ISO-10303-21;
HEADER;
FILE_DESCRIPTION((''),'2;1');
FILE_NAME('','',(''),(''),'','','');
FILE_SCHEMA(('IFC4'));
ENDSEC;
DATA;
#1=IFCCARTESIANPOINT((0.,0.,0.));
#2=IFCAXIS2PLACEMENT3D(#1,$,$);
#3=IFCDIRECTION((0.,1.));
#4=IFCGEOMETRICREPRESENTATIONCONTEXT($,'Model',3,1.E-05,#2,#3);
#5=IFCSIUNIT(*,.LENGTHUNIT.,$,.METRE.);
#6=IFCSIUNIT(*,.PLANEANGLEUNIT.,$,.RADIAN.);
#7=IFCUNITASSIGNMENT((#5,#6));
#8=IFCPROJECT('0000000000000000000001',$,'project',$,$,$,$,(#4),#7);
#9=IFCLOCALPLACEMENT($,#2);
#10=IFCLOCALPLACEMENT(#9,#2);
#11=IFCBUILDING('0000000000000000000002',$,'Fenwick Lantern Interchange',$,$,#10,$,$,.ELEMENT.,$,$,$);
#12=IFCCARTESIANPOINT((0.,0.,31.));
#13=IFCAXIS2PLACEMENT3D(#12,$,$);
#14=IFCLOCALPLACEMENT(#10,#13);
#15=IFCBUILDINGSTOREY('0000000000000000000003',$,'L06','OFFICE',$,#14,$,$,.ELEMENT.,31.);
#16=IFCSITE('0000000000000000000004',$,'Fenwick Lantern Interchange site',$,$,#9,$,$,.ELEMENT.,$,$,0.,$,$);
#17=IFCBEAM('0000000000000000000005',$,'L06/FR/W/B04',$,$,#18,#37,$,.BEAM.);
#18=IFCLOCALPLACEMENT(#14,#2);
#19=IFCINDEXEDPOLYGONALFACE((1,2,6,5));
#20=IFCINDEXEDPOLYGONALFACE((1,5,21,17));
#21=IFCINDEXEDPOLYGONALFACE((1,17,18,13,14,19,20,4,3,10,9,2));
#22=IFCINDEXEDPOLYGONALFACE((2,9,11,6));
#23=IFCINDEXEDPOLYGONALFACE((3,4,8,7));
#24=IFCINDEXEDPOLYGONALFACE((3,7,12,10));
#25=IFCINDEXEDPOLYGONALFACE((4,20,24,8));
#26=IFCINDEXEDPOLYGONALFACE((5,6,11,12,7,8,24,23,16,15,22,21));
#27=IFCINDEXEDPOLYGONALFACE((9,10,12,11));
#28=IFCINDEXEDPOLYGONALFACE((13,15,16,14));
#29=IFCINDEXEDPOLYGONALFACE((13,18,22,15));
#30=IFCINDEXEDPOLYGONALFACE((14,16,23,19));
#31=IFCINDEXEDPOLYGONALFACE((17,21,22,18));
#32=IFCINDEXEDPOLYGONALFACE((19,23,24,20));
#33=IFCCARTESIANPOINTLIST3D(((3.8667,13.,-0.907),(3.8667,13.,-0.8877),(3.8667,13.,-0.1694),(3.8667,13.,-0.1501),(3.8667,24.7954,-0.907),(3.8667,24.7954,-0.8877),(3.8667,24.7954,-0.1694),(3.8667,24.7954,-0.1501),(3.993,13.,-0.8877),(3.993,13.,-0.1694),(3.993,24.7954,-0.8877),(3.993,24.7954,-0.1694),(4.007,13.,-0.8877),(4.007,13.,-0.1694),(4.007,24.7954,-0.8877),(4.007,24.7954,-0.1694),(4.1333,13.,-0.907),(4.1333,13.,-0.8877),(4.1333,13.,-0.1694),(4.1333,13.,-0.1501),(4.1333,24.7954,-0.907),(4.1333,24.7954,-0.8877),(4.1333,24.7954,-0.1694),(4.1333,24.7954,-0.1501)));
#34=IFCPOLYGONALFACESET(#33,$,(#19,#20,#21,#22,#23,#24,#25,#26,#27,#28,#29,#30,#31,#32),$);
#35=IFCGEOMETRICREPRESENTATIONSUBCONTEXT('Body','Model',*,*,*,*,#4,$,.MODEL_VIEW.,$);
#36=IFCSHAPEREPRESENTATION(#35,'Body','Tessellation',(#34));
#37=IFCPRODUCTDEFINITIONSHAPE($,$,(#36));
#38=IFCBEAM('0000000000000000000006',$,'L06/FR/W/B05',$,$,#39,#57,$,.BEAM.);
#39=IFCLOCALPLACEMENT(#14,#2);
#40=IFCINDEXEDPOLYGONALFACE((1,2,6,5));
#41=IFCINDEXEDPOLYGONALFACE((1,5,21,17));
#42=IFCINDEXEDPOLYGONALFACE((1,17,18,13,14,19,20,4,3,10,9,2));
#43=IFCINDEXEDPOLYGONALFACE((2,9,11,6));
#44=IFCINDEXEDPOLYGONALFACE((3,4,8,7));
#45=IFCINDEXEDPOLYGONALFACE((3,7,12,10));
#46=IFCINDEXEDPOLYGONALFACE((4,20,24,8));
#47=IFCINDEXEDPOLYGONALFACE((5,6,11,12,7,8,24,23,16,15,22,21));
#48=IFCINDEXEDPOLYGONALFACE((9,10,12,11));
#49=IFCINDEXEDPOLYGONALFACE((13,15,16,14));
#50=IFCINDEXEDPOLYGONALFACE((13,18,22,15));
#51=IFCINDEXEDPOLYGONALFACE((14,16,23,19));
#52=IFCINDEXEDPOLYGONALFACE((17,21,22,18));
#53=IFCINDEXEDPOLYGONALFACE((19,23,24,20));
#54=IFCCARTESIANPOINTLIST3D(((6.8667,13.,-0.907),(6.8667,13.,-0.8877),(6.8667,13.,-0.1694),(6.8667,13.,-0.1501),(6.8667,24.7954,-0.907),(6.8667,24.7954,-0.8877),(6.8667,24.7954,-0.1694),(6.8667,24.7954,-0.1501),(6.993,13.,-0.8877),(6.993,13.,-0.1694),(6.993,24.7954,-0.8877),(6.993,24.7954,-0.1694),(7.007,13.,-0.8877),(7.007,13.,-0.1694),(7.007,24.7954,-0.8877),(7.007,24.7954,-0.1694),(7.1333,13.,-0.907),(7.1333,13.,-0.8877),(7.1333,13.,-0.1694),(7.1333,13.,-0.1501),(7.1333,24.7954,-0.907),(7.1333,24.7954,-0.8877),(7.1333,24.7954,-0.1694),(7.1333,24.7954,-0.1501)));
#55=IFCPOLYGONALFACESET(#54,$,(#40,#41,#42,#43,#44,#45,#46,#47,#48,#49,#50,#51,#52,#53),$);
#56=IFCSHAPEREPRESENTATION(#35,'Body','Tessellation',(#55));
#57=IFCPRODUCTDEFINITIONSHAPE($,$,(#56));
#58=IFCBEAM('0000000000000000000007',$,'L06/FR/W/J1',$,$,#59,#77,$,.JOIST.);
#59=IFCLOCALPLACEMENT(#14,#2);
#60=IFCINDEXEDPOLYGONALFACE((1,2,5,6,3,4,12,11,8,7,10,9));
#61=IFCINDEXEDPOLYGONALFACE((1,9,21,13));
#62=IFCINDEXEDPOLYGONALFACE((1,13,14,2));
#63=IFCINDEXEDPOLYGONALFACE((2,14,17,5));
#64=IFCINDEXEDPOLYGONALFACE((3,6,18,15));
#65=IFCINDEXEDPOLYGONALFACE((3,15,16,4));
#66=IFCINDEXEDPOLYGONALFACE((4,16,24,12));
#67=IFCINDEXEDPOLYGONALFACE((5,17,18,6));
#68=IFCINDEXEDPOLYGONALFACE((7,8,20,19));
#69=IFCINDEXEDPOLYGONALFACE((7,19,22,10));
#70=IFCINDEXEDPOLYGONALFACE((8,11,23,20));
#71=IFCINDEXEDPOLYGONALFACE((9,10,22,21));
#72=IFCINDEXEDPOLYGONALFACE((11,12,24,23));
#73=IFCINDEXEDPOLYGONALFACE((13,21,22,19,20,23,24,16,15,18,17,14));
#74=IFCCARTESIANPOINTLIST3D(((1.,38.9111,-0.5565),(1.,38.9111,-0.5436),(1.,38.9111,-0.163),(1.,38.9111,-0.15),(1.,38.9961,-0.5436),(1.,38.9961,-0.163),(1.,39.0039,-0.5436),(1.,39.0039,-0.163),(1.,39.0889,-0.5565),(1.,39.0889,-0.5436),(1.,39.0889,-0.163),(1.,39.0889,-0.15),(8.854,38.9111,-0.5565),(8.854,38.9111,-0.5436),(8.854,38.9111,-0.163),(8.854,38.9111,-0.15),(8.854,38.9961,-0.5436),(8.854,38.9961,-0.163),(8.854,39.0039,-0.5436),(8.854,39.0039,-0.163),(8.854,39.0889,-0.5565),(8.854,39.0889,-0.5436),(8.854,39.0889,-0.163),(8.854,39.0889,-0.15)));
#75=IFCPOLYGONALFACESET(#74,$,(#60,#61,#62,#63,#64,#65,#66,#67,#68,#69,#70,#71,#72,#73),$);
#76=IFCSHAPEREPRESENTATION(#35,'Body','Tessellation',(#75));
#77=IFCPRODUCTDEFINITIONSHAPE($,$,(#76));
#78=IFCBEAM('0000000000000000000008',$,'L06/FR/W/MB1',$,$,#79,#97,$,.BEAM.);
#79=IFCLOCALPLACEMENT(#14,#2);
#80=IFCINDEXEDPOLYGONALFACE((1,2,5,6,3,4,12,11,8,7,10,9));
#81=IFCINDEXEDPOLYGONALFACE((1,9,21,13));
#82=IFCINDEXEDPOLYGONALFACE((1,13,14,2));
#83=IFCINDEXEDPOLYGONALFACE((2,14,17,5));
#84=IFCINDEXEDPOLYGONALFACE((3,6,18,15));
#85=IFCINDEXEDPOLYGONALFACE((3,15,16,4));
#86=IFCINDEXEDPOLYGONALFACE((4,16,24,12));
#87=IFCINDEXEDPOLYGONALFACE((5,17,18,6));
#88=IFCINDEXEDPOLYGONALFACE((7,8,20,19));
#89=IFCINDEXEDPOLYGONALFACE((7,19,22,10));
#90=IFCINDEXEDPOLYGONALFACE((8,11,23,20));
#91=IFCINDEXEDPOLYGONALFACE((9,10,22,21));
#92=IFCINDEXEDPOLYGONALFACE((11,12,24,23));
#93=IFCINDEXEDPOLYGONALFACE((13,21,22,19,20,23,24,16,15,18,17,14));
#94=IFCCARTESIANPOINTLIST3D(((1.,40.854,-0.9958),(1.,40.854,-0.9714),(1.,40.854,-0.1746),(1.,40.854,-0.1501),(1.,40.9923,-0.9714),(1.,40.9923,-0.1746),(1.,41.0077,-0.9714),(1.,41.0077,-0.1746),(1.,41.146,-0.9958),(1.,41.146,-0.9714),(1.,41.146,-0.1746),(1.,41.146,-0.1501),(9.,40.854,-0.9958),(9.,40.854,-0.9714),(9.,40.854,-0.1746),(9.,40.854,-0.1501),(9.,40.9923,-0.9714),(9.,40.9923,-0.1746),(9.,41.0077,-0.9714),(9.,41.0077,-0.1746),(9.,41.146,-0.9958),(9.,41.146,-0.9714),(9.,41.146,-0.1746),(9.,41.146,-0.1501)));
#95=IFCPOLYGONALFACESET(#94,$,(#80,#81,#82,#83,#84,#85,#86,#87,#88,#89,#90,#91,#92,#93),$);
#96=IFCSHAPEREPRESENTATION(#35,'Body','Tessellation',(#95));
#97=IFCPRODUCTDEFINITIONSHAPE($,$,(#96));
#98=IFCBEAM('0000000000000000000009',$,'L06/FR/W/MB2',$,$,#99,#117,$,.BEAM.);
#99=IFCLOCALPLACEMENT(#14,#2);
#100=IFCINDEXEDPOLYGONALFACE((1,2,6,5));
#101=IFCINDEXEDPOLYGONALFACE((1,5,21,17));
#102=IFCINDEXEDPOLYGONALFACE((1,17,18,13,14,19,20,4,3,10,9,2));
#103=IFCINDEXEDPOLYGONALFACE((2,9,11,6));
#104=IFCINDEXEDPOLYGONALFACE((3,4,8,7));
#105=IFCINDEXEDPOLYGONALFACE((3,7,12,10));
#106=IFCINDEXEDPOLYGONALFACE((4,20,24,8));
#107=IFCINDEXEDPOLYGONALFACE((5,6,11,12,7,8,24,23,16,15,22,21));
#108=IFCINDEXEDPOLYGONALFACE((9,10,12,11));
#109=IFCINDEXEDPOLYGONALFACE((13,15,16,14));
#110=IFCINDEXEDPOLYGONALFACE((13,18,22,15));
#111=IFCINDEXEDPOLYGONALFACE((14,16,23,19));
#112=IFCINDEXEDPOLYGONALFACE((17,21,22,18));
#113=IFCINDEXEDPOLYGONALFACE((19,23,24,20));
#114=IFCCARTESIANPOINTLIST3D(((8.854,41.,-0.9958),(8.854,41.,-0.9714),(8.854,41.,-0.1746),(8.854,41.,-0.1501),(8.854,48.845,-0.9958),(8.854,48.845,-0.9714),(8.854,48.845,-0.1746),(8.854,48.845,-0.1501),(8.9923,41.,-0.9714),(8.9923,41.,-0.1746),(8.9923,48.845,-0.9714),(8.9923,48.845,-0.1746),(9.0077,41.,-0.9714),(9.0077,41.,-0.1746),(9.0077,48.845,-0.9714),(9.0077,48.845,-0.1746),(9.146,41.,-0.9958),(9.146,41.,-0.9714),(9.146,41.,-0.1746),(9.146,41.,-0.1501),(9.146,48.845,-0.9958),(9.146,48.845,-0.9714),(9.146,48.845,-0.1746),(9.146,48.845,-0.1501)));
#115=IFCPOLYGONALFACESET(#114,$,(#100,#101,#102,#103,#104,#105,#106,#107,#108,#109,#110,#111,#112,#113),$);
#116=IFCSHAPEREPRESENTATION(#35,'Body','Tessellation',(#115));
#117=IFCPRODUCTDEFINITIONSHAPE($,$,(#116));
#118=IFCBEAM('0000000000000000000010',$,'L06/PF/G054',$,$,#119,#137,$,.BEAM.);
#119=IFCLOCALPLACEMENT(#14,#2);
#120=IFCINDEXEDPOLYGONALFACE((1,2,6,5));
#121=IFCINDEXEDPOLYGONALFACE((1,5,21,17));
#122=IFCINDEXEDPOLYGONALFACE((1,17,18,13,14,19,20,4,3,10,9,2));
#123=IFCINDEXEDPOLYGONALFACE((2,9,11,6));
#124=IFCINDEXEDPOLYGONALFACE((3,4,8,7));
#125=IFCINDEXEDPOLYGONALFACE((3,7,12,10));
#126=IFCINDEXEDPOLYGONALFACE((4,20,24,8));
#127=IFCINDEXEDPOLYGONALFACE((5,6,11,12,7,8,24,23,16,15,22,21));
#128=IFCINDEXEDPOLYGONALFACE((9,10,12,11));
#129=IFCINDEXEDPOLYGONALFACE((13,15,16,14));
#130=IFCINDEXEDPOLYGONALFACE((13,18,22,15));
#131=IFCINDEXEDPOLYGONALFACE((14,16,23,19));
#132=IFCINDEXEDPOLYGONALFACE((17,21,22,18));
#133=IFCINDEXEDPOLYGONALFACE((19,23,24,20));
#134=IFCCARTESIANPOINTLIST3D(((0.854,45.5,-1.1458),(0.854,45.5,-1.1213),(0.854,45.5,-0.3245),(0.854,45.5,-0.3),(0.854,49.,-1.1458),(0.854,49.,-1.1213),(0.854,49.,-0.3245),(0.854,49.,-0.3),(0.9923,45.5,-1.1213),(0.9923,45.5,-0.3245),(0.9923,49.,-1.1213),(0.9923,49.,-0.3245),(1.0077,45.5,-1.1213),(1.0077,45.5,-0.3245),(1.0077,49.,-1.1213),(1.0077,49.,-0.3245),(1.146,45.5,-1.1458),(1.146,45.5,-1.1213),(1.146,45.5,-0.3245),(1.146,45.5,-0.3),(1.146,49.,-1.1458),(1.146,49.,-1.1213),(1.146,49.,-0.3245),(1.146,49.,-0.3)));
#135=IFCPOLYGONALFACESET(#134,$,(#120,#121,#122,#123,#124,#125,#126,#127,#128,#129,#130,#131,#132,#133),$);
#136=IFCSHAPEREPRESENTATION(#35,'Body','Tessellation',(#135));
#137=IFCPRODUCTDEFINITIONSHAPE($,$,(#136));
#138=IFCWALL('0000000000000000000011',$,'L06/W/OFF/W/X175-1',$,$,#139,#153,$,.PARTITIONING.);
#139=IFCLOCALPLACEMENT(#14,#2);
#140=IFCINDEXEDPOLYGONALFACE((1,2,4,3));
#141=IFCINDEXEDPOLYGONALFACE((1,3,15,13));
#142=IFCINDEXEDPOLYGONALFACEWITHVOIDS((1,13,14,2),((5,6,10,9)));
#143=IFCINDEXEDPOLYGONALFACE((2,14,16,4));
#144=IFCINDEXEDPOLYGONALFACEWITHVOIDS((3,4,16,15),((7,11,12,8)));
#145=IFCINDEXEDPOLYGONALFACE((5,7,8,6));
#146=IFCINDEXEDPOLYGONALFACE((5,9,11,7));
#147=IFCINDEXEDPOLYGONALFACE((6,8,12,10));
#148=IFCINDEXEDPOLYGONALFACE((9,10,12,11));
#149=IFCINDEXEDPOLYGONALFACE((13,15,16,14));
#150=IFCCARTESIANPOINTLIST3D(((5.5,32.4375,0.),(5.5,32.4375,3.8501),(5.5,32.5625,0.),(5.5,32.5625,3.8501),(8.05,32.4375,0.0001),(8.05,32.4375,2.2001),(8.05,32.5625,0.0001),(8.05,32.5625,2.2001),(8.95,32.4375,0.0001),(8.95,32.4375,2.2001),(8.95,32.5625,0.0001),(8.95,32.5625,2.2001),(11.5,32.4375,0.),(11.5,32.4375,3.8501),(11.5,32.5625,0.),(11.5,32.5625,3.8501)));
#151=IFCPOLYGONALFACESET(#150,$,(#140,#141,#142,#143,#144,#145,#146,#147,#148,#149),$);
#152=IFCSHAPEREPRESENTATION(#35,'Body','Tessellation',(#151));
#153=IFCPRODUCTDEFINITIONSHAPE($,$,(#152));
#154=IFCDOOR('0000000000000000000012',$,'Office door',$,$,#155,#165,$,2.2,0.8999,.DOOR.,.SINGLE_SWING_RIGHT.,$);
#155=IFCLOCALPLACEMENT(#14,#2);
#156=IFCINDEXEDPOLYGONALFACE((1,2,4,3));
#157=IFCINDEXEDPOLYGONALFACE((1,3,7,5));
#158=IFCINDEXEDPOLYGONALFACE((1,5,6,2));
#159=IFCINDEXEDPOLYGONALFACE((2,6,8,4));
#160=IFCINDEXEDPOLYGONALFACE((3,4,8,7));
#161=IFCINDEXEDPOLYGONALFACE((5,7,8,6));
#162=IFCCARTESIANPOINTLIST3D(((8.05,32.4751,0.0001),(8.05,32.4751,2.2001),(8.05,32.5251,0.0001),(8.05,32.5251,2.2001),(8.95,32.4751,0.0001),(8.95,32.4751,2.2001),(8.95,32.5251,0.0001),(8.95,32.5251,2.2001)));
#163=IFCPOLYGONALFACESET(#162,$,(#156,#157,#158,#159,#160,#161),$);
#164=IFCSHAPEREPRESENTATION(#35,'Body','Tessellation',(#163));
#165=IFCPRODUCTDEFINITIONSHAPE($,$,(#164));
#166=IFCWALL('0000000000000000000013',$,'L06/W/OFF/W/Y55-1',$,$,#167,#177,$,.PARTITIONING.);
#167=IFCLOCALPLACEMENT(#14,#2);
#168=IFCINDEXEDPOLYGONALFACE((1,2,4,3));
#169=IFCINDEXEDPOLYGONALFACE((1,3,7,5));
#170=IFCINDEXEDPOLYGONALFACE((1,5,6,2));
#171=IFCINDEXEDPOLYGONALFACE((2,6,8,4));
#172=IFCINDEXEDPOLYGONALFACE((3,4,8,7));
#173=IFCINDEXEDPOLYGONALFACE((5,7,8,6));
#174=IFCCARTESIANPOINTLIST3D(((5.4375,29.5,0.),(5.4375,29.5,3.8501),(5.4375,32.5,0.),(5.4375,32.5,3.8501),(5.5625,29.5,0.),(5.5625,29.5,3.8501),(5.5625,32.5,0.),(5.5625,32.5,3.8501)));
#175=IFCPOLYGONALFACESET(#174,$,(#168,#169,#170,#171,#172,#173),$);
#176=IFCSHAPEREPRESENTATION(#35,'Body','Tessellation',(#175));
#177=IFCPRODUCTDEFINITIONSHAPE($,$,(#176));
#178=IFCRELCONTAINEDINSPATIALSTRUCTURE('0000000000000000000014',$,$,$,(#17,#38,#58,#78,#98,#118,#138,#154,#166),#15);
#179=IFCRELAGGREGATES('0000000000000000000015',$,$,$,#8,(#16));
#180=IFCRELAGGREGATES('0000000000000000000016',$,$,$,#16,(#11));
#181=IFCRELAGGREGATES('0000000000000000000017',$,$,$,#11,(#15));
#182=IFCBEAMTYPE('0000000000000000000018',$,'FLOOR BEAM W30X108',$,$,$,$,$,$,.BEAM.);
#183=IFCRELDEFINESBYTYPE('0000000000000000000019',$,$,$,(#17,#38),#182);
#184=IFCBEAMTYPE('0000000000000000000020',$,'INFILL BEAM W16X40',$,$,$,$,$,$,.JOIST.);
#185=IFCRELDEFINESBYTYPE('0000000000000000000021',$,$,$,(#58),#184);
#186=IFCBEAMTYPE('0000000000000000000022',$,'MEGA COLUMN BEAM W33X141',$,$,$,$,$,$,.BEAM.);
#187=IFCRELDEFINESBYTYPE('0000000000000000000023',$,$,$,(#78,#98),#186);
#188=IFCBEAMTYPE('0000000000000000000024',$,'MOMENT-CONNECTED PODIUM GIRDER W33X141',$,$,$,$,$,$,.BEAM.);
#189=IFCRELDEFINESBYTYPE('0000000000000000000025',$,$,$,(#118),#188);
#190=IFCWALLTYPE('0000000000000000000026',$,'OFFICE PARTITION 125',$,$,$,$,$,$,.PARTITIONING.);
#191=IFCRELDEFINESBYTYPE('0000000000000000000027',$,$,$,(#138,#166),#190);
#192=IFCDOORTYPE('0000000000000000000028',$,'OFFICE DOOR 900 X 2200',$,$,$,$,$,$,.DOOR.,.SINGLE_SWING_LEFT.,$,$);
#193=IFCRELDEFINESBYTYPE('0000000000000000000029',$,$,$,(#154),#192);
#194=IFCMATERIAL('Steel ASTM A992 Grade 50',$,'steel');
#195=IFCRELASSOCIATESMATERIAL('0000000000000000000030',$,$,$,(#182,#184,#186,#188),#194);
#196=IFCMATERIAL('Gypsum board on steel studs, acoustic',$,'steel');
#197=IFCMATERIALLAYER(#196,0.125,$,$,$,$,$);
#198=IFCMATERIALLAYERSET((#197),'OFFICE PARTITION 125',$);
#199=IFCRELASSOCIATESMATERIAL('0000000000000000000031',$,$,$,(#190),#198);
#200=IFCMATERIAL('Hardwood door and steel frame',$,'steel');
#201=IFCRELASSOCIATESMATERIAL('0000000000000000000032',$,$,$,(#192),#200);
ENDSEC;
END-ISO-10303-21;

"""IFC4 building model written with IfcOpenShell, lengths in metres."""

from ifc_helpers import new_model, si_unit, direction, frame, frame_2d, origin, origin_2d, place, context, subcontext, project, spatial, rectangle, i_section, extrude, material, layer, layer_set, material_profile, profile_set, type_object, element, fill, save


model = new_model("IFC4")

# Units and contexts
model_context = context("Model", 3, precision=1e-05, world=origin(), true_north=direction((0.0, 1.0)))
body_context = subcontext(model_context, "Body", "Model", "MODEL_VIEW")
ifc_project = project(units=[si_unit("LENGTHUNIT", "METRE"), si_unit("PLANEANGLEUNIT", "RADIAN")], contexts=[model_context])

# Site, building, storey
site_placement = place(None, origin())
site = spatial("IfcSite", under=ifc_project, at=site_placement, Name="Fenwick Lantern Interchange site", CompositionType="ELEMENT", RefElevation=0.0)
building_placement = place(site_placement, origin())
building = spatial("IfcBuilding", under=site, at=building_placement, Name="Fenwick Lantern Interchange", CompositionType="ELEMENT")
storey_placement = place(building_placement, frame((0.0, 0.0, 31.0)))
storey = spatial("IfcBuildingStorey", under=building, at=storey_placement, Name="L06", Description="OFFICE", CompositionType="ELEMENT", Elevation=31.0)

# Shared definitions
ifc_material_1 = material(Name="Steel ASTM A992 Grade 50", Category="steel")

# Beams
ifc_material_profile_1 = material_profile(ifc_material_1, i_section(OverallWidth=0.2666, OverallDepth=0.7568, WebThickness=0.0139, FlangeThickness=0.0193, at=origin_2d()), Name="W30X108")
ifc_profile_set_1 = profile_set([ifc_material_profile_1], Name="Steel ASTM A992 Grade 50")
beam_type_1 = type_object("IfcBeamType", Name="FLOOR BEAM W30X108", PredefinedType="BEAM", material=ifc_profile_set_1)
for number, where, z_axis, x_axis, name in (
    (1, (4.0, 24.7954, -0.5286), (0.0, -1.0, 0.0), (1.0, 0.0, 0.0), "L06/FR/W/B04"),
    (2, (7.0, 24.7954, -0.5286), (0.0, -1.0, 0.0), (1.0, 0.0, 0.0), "L06/FR/W/B05"),
):
    element("IfcBeam", number, at=place(storey_placement, frame(where, z_axis=z_axis, x_axis=x_axis)), inside=storey, type_object=beam_type_1, Name=name, PredefinedType="BEAM", context=body_context, shape_type="SweptSolid", body=[
        extrude(i_section(OverallWidth=0.2666, OverallDepth=0.7568, WebThickness=0.0139, FlangeThickness=0.0193, at=origin_2d()), origin(), (0.0, 0.0, 1.0), 11.7954),
    ])
ifc_material_profile_2 = material_profile(ifc_material_1, i_section(OverallWidth=0.1777, OverallDepth=0.4065, WebThickness=0.0078, FlangeThickness=0.0129, at=origin_2d()), Name="W16X40")
ifc_profile_set_2 = profile_set([ifc_material_profile_2], Name="Steel ASTM A992 Grade 50")
beam_type_2 = type_object("IfcBeamType", Name="INFILL BEAM W16X40", PredefinedType="JOIST", material=ifc_profile_set_2)
beam_1_placement = place(storey_placement, frame((1.0, 39.0, -0.3533), z_axis=(1.0, 0.0, 0.0), x_axis=(0.0, 1.0, 0.0)))
element("IfcBeam", 3, at=beam_1_placement, inside=storey, type_object=beam_type_2, Name="L06/FR/W/J1", PredefinedType="JOIST", context=body_context, shape_type="SweptSolid", body=[
    extrude(i_section(OverallWidth=0.1777, OverallDepth=0.4065, WebThickness=0.0078, FlangeThickness=0.0129, at=origin_2d()), origin(), (0.0, 0.0, 1.0), 7.854),
])
ifc_material_profile_3 = material_profile(ifc_material_1, i_section(OverallWidth=0.292, OverallDepth=0.8457, WebThickness=0.0154, FlangeThickness=0.0244, at=origin_2d()), Name="W33X141")
ifc_profile_set_3 = profile_set([ifc_material_profile_3], Name="Steel ASTM A992 Grade 50")
beam_type_3 = type_object("IfcBeamType", Name="MEGA COLUMN BEAM W33X141", PredefinedType="BEAM", material=ifc_profile_set_3)
beam_2_placement = place(storey_placement, frame((9.0, 41.0, -0.573), z_axis=(-1.0, 0.0, 0.0), x_axis=(0.0, -1.0, 0.0)))
element("IfcBeam", 4, at=beam_2_placement, inside=storey, type_object=beam_type_3, Name="L06/FR/W/MB1", PredefinedType="BEAM", context=body_context, shape_type="SweptSolid", body=[
    extrude(i_section(OverallWidth=0.292, OverallDepth=0.8457, WebThickness=0.0154, FlangeThickness=0.0244, at=origin_2d()), origin(), (0.0, 0.0, 1.0), 8.0),
])
beam_3_placement = place(storey_placement, frame((9.0, 41.0, -0.573), z_axis=(0.0, 1.0, 0.0), x_axis=(-1.0, 0.0, 0.0)))
element("IfcBeam", 5, at=beam_3_placement, inside=storey, type_object=beam_type_3, Name="L06/FR/W/MB2", PredefinedType="BEAM", context=body_context, shape_type="SweptSolid", body=[
    extrude(i_section(OverallWidth=0.292, OverallDepth=0.8457, WebThickness=0.0154, FlangeThickness=0.0244, at=origin_2d()), origin(), (0.0, 0.0, 1.0), 7.845),
])
ifc_material_profile_4 = material_profile(ifc_material_1, i_section(OverallWidth=0.292, OverallDepth=0.8457, WebThickness=0.0154, FlangeThickness=0.0244, at=origin_2d()), Name="W33X141")
ifc_profile_set_4 = profile_set([ifc_material_profile_4], Name="Steel ASTM A992 Grade 50")
beam_type_4 = type_object("IfcBeamType", Name="MOMENT-CONNECTED PODIUM GIRDER W33X141", PredefinedType="BEAM", material=ifc_profile_set_4)
beam_4_placement = place(storey_placement, frame((1.0, 45.5, -0.7229), z_axis=(0.0, 1.0, 0.0), x_axis=(-1.0, 0.0, 0.0)))
element("IfcBeam", 6, at=beam_4_placement, inside=storey, type_object=beam_type_4, Name="L06/PF/G054", PredefinedType="BEAM", context=body_context, shape_type="SweptSolid", body=[
    extrude(i_section(OverallWidth=0.292, OverallDepth=0.8457, WebThickness=0.0154, FlangeThickness=0.0244, at=origin_2d()), origin(), (0.0, 0.0, 1.0), 3.5),
])

# Wall, opening, door
ifc_material_2 = material(Name="Gypsum board on steel studs, acoustic", Category="steel")
ifc_layer_1 = layer(ifc_material_2, 0.125)
ifc_layer_set_1 = layer_set([ifc_layer_1], Name="OFFICE PARTITION 125")
wall_type_1 = type_object("IfcWallType", Name="OFFICE PARTITION 125", PredefinedType="PARTITIONING", material=ifc_layer_set_1)
wall_1_placement = place(storey_placement, frame((5.5, 32.5, 0.0), z_axis=(0.0, 0.0, 1.0), x_axis=(1.0, 0.0, 0.0)))
wall_1 = element("IfcWall", 7, at=wall_1_placement, inside=storey, type_object=wall_type_1, Name="L06/W/OFF/W/X175-1", PredefinedType="PARTITIONING", context=body_context, shape_type="SweptSolid", body=[
    extrude(rectangle(XDim=6.0, YDim=0.125, at=frame_2d((3.0, 0.0))), origin(), (0.0, 0.0, 1.0), 3.8501),
])
opening_placement = place(wall_1_placement, frame((2.55, 0.0, 0.0)))
opening = element("IfcOpeningElement", 8, at=opening_placement, cuts=wall_1, PredefinedType="OPENING", context=body_context, shape_type="SweptSolid", body=[
    extrude(rectangle(XDim=0.8999, YDim=2.2, at=frame_2d((0.45, 1.1001))), frame((0.0, 0.0725, 0.0), z_axis=(0.0, -1.0, 0.0), x_axis=(1.0, 0.0, 0.0)), (0.0, 0.0, 1.0), 0.145),
])
ifc_material_3 = material(Name="Hardwood door and steel frame", Category="steel")
door_type = type_object("IfcDoorType", Name="OFFICE DOOR 900 X 2200", OperationType="SINGLE_SWING_LEFT", PredefinedType="DOOR", material=ifc_material_3)
door_placement = place(opening_placement, frame((0.8999, 0.0, 0.0), z_axis=(0.0, 0.0, 1.0), x_axis=(-1.0, 0.0, 0.0)))
door = element("IfcDoor", 9, at=door_placement, inside=storey, type_object=door_type, Name="Office door", OperationType="SINGLE_SWING_RIGHT", OverallHeight=2.2, OverallWidth=0.8999, PredefinedType="DOOR", context=body_context, shape_type="SweptSolid", body=[
    extrude(rectangle(XDim=0.8999, YDim=2.2, at=frame_2d((0.45, 1.1001))), frame((0.0, 0.0249, 0.0), z_axis=(0.0, -1.0, 0.0), x_axis=(1.0, 0.0, 0.0)), (0.0, 0.0, 1.0), 0.05),
])
fill(opening, door)

# Wall
wall_2_placement = place(storey_placement, frame((5.5, 32.5, 0.0), z_axis=(0.0, 0.0, 1.0), x_axis=(0.0, -1.0, 0.0)))
element("IfcWall", 10, at=wall_2_placement, inside=storey, type_object=wall_type_1, Name="L06/W/OFF/W/Y55-1", PredefinedType="PARTITIONING", context=body_context, shape_type="SweptSolid", body=[
    extrude(rectangle(XDim=3.0, YDim=0.125, at=frame_2d((1.5, 0.0))), origin(), (0.0, 0.0, 1.0), 3.8501),
])

save(model, "model.ifc")
